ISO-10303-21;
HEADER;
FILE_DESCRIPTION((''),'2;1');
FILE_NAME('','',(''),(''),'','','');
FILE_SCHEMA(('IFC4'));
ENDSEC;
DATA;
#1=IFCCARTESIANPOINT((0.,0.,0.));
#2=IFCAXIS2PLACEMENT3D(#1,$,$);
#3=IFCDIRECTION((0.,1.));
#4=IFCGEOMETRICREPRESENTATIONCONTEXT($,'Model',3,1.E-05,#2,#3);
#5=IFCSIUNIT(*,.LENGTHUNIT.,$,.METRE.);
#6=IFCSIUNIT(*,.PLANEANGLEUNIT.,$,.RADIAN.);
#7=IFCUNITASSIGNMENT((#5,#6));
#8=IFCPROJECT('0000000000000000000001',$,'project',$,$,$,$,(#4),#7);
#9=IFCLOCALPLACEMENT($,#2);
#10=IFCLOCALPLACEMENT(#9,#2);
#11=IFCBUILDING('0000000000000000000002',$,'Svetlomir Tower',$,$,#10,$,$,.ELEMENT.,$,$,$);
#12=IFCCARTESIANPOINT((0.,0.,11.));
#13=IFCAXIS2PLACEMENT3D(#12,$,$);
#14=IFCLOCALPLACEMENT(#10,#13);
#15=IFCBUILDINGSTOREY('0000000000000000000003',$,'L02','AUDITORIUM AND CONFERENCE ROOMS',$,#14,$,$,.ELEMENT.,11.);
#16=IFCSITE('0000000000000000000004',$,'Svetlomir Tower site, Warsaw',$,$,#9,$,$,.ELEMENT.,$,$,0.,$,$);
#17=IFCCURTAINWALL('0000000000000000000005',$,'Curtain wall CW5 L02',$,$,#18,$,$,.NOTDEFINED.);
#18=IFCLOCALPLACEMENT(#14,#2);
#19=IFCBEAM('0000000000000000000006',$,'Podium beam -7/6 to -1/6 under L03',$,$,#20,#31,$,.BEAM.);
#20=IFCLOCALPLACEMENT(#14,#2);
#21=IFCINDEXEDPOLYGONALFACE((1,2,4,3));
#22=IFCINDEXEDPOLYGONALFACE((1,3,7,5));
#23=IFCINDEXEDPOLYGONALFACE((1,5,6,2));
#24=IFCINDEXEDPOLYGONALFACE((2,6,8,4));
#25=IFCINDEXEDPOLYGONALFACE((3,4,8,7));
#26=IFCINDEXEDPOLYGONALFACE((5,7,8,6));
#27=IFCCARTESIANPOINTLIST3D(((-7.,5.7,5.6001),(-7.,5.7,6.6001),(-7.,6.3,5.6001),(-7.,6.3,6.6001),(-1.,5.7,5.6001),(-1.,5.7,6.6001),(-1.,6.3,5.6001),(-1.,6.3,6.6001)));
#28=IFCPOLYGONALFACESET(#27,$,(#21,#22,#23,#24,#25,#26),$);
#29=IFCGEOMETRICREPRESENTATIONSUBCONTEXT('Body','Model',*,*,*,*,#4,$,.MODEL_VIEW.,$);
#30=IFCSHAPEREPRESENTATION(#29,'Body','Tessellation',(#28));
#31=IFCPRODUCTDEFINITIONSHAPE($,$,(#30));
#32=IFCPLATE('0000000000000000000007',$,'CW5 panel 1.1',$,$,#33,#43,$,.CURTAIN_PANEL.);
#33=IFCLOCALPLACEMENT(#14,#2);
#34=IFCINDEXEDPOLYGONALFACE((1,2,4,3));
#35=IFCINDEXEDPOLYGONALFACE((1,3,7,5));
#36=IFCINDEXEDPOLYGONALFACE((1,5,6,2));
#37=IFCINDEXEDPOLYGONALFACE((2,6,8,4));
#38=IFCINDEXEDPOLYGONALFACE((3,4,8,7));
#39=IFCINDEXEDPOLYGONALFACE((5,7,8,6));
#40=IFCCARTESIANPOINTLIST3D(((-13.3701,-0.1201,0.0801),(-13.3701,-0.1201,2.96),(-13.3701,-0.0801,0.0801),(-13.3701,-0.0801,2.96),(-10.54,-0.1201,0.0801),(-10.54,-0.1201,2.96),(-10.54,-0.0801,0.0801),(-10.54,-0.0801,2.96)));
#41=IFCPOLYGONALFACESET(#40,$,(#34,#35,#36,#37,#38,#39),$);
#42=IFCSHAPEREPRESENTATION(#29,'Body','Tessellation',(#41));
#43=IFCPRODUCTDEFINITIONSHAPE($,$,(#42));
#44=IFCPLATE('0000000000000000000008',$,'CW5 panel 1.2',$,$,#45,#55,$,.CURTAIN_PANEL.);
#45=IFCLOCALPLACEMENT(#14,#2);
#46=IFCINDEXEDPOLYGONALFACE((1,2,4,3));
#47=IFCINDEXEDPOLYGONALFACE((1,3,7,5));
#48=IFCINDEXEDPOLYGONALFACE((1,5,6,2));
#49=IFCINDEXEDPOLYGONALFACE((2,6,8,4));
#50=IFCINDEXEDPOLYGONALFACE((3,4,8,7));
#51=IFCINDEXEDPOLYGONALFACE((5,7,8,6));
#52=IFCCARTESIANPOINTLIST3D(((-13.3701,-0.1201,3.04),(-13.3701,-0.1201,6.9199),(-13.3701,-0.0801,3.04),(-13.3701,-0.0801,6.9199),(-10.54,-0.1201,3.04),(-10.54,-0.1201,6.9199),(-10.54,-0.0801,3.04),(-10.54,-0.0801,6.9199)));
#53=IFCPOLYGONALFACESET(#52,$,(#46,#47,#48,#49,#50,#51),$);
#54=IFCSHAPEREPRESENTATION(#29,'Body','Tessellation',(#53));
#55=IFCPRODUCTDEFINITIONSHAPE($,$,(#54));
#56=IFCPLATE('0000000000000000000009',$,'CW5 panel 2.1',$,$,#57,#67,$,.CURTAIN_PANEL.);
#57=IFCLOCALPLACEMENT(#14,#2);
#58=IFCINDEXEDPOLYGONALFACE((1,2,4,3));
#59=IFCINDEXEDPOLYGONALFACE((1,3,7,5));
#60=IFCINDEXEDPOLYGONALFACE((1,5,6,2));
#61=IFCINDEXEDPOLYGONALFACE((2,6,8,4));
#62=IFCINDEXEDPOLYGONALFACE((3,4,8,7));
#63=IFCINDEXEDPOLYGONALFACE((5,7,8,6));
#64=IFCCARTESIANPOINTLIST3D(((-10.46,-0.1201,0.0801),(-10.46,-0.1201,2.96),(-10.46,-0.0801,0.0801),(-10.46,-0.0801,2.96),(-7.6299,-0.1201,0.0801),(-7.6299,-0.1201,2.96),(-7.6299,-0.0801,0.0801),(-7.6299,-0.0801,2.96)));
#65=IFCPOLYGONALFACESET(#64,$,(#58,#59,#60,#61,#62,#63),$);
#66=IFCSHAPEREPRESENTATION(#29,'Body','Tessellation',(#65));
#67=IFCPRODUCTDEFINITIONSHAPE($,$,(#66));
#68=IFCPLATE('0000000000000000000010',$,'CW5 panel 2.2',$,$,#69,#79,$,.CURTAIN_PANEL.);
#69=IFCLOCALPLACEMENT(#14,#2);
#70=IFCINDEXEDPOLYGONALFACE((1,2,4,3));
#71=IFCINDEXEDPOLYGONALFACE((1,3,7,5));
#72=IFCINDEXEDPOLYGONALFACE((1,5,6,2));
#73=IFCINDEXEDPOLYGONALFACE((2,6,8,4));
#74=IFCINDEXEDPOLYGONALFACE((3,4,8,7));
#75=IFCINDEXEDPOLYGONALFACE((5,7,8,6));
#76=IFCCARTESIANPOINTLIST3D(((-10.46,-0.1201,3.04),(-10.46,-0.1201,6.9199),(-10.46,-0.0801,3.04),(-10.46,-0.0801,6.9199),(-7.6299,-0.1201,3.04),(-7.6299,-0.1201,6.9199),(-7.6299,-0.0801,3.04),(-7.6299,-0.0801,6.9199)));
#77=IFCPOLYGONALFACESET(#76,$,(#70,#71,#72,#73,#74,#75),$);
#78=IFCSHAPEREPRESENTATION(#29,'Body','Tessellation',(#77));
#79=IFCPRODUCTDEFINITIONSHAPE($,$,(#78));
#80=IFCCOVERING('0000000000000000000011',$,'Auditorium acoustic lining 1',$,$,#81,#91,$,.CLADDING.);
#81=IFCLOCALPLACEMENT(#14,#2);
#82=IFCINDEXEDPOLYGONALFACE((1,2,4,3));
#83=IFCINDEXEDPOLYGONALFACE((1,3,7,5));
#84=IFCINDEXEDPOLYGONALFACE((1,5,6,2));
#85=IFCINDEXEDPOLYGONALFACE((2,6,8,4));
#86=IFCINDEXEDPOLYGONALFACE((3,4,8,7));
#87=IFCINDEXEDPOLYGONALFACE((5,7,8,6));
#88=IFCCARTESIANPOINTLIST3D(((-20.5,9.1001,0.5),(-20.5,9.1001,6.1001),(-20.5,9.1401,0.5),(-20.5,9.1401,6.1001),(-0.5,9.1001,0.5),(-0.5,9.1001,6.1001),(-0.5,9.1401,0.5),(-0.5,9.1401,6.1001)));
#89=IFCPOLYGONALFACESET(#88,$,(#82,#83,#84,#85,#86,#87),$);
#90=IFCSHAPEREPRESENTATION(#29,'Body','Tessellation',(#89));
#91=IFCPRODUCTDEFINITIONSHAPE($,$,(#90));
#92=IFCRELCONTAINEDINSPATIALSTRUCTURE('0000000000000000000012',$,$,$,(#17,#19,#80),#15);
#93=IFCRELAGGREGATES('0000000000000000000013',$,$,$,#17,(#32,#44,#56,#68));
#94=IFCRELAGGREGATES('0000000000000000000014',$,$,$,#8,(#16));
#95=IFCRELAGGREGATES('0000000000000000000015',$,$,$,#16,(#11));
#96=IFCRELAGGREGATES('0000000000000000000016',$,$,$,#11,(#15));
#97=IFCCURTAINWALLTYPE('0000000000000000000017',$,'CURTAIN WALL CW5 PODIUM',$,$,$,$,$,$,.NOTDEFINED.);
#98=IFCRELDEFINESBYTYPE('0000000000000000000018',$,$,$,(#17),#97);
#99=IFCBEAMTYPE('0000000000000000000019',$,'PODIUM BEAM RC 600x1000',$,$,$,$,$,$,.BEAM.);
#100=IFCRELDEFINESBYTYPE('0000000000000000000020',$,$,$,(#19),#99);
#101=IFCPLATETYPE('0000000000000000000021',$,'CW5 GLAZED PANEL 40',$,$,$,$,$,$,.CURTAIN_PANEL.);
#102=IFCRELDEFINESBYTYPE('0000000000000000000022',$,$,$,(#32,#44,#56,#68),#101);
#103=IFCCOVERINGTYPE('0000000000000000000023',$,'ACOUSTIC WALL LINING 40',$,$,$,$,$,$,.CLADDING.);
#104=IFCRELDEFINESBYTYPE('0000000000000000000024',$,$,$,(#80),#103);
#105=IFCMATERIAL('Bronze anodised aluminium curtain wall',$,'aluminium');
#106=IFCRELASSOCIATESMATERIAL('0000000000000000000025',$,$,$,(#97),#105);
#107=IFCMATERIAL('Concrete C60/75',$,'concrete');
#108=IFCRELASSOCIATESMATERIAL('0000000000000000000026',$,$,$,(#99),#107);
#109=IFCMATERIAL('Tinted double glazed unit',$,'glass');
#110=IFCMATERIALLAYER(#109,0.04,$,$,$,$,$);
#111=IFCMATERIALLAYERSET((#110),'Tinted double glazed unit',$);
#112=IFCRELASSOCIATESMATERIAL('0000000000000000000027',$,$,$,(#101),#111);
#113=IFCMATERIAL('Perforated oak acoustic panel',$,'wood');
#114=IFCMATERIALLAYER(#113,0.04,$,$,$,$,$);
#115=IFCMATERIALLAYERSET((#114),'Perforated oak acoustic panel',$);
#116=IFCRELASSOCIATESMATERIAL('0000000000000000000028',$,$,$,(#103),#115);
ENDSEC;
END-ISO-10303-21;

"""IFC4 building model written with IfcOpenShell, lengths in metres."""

from ifc_helpers import new_model, si_unit, direction, frame, origin, origin_2d, place, context, subcontext, project, spatial, rectangle, extrude, material, layer, layer_set, material_profile, profile_set, type_object, element, aggregate, save


model = new_model("IFC4")

# Units and contexts
model_context = context("Model", 3, precision=1e-05, world=origin(), true_north=direction((0.0, 1.0)))
body_context = subcontext(model_context, "Body", "Model", "MODEL_VIEW")
ifc_project = project(units=[si_unit("LENGTHUNIT", "METRE"), si_unit("PLANEANGLEUNIT", "RADIAN")], contexts=[model_context])

# Site, building, storey
site_placement = place(None, origin())
site = spatial("IfcSite", under=ifc_project, at=site_placement, Name="Svetlomir Tower site, Warsaw", CompositionType="ELEMENT", RefElevation=0.0)
building_placement = place(site_placement, origin())
building = spatial("IfcBuilding", under=site, at=building_placement, Name="Svetlomir Tower", CompositionType="ELEMENT")
storey_placement = place(building_placement, frame((0.0, 0.0, 11.0)))
storey = spatial("IfcBuildingStorey", under=building, at=storey_placement, Name="L02", Description="AUDITORIUM AND CONFERENCE ROOMS", CompositionType="ELEMENT", Elevation=11.0)

# Curtain wall
ifc_material_1 = material(Name="Bronze anodised aluminium curtain wall", Category="aluminium")
curtain_wall_type = type_object("IfcCurtainWallType", Name="CURTAIN WALL CW5 PODIUM", PredefinedType="NOTDEFINED", material=ifc_material_1)
curtain_wall_1_placement = place(storey_placement, origin())
curtain_wall_1 = element("IfcCurtainWall", 1, at=curtain_wall_1_placement, inside=storey, type_object=curtain_wall_type, Name="Curtain wall CW5 L02", PredefinedType="NOTDEFINED")

# Beam
ifc_material_2 = material(Name="Concrete C60/75", Category="concrete")
ifc_material_profile_1 = material_profile(ifc_material_2, rectangle(XDim=0.6001, YDim=1.0, at=origin_2d()), Name="RC 600x1000")
ifc_profile_set_1 = profile_set([ifc_material_profile_1], Name="Concrete C60/75")
beam_type = type_object("IfcBeamType", Name="PODIUM BEAM RC 600x1000", PredefinedType="BEAM", material=ifc_profile_set_1)
for number, where, z_axis, x_axis, name in (
    (2, (-7.0, 6.0, 6.1001), (1.0, 0.0, 0.0), (0.0, 1.0, 0.0), "Podium beam -7/6 to -1/6 under L03"),
):
    element("IfcBeam", number, at=place(storey_placement, frame(where, z_axis=z_axis, x_axis=x_axis)), inside=storey, type_object=beam_type, Name=name, PredefinedType="BEAM", context=body_context, shape_type="SweptSolid", body=[
        extrude(rectangle(XDim=0.6001, YDim=1.0, at=origin_2d()), origin(), (0.0, 0.0, 1.0), 6.0),
    ])

# Plates
ifc_material_3 = material(Name="Tinted double glazed unit", Category="glass")
ifc_layer_1 = layer(ifc_material_3, 0.04)
ifc_layer_set_1 = layer_set([ifc_layer_1], Name="Tinted double glazed unit")
plate_type = type_object("IfcPlateType", Name="CW5 GLAZED PANEL 40", PredefinedType="CURTAIN_PANEL", material=ifc_layer_set_1)
plate_1_placement = place(storey_placement, frame((-11.9551, -0.1001, 0.0801), z_axis=(0.0, 0.0, 1.0), x_axis=(1.0, 0.0, 0.0)))
plate_1 = element("IfcPlate", 3, at=plate_1_placement, type_object=plate_type, Name="CW5 panel 1.1", PredefinedType="CURTAIN_PANEL", context=body_context, shape_type="SweptSolid", body=[
    extrude(rectangle(XDim=2.8301, YDim=0.04, at=origin_2d()), origin(), (0.0, 0.0, 1.0), 2.8799),
])
plate_2_placement = place(storey_placement, frame((-11.9551, -0.1001, 3.04), z_axis=(0.0, 0.0, 1.0), x_axis=(1.0, 0.0, 0.0)))
plate_2 = element("IfcPlate", 4, at=plate_2_placement, type_object=plate_type, Name="CW5 panel 1.2", PredefinedType="CURTAIN_PANEL", context=body_context, shape_type="SweptSolid", body=[
    extrude(rectangle(XDim=2.8301, YDim=0.04, at=origin_2d()), origin(), (0.0, 0.0, 1.0), 3.8799),
])
plate_3_placement = place(storey_placement, frame((-9.0449, -0.1001, 0.0801), z_axis=(0.0, 0.0, 1.0), x_axis=(1.0, 0.0, 0.0)))
plate_3 = element("IfcPlate", 5, at=plate_3_placement, type_object=plate_type, Name="CW5 panel 2.1", PredefinedType="CURTAIN_PANEL", context=body_context, shape_type="SweptSolid", body=[
    extrude(rectangle(XDim=2.8301, YDim=0.04, at=origin_2d()), origin(), (0.0, 0.0, 1.0), 2.8799),
])
plate_4_placement = place(storey_placement, frame((-9.0449, -0.1001, 3.04), z_axis=(0.0, 0.0, 1.0), x_axis=(1.0, 0.0, 0.0)))
plate_4 = element("IfcPlate", 6, at=plate_4_placement, type_object=plate_type, Name="CW5 panel 2.2", PredefinedType="CURTAIN_PANEL", context=body_context, shape_type="SweptSolid", body=[
    extrude(rectangle(XDim=2.8301, YDim=0.04, at=origin_2d()), origin(), (0.0, 0.0, 1.0), 3.8799),
])
aggregate(curtain_wall_1, [plate_1, plate_2, plate_3, plate_4])

# Covering
ifc_material_4 = material(Name="Perforated oak acoustic panel", Category="wood")
ifc_layer_2 = layer(ifc_material_4, 0.04)
ifc_layer_set_2 = layer_set([ifc_layer_2], Name="Perforated oak acoustic panel")
covering_type = type_object("IfcCoveringType", Name="ACOUSTIC WALL LINING 40", PredefinedType="CLADDING", material=ifc_layer_set_2)
covering_placement = place(storey_placement, frame((-10.5, 9.1201, 0.5), z_axis=(0.0, 0.0, 1.0), x_axis=(1.0, 0.0, 0.0)))
element("IfcCovering", 7, at=covering_placement, inside=storey, type_object=covering_type, Name="Auditorium acoustic lining 1", PredefinedType="CLADDING", context=body_context, shape_type="SweptSolid", body=[
    extrude(rectangle(XDim=20.0, YDim=0.04, at=origin_2d()), origin(), (0.0, 0.0, 1.0), 5.6001),
])

save(model, "model.ifc")
